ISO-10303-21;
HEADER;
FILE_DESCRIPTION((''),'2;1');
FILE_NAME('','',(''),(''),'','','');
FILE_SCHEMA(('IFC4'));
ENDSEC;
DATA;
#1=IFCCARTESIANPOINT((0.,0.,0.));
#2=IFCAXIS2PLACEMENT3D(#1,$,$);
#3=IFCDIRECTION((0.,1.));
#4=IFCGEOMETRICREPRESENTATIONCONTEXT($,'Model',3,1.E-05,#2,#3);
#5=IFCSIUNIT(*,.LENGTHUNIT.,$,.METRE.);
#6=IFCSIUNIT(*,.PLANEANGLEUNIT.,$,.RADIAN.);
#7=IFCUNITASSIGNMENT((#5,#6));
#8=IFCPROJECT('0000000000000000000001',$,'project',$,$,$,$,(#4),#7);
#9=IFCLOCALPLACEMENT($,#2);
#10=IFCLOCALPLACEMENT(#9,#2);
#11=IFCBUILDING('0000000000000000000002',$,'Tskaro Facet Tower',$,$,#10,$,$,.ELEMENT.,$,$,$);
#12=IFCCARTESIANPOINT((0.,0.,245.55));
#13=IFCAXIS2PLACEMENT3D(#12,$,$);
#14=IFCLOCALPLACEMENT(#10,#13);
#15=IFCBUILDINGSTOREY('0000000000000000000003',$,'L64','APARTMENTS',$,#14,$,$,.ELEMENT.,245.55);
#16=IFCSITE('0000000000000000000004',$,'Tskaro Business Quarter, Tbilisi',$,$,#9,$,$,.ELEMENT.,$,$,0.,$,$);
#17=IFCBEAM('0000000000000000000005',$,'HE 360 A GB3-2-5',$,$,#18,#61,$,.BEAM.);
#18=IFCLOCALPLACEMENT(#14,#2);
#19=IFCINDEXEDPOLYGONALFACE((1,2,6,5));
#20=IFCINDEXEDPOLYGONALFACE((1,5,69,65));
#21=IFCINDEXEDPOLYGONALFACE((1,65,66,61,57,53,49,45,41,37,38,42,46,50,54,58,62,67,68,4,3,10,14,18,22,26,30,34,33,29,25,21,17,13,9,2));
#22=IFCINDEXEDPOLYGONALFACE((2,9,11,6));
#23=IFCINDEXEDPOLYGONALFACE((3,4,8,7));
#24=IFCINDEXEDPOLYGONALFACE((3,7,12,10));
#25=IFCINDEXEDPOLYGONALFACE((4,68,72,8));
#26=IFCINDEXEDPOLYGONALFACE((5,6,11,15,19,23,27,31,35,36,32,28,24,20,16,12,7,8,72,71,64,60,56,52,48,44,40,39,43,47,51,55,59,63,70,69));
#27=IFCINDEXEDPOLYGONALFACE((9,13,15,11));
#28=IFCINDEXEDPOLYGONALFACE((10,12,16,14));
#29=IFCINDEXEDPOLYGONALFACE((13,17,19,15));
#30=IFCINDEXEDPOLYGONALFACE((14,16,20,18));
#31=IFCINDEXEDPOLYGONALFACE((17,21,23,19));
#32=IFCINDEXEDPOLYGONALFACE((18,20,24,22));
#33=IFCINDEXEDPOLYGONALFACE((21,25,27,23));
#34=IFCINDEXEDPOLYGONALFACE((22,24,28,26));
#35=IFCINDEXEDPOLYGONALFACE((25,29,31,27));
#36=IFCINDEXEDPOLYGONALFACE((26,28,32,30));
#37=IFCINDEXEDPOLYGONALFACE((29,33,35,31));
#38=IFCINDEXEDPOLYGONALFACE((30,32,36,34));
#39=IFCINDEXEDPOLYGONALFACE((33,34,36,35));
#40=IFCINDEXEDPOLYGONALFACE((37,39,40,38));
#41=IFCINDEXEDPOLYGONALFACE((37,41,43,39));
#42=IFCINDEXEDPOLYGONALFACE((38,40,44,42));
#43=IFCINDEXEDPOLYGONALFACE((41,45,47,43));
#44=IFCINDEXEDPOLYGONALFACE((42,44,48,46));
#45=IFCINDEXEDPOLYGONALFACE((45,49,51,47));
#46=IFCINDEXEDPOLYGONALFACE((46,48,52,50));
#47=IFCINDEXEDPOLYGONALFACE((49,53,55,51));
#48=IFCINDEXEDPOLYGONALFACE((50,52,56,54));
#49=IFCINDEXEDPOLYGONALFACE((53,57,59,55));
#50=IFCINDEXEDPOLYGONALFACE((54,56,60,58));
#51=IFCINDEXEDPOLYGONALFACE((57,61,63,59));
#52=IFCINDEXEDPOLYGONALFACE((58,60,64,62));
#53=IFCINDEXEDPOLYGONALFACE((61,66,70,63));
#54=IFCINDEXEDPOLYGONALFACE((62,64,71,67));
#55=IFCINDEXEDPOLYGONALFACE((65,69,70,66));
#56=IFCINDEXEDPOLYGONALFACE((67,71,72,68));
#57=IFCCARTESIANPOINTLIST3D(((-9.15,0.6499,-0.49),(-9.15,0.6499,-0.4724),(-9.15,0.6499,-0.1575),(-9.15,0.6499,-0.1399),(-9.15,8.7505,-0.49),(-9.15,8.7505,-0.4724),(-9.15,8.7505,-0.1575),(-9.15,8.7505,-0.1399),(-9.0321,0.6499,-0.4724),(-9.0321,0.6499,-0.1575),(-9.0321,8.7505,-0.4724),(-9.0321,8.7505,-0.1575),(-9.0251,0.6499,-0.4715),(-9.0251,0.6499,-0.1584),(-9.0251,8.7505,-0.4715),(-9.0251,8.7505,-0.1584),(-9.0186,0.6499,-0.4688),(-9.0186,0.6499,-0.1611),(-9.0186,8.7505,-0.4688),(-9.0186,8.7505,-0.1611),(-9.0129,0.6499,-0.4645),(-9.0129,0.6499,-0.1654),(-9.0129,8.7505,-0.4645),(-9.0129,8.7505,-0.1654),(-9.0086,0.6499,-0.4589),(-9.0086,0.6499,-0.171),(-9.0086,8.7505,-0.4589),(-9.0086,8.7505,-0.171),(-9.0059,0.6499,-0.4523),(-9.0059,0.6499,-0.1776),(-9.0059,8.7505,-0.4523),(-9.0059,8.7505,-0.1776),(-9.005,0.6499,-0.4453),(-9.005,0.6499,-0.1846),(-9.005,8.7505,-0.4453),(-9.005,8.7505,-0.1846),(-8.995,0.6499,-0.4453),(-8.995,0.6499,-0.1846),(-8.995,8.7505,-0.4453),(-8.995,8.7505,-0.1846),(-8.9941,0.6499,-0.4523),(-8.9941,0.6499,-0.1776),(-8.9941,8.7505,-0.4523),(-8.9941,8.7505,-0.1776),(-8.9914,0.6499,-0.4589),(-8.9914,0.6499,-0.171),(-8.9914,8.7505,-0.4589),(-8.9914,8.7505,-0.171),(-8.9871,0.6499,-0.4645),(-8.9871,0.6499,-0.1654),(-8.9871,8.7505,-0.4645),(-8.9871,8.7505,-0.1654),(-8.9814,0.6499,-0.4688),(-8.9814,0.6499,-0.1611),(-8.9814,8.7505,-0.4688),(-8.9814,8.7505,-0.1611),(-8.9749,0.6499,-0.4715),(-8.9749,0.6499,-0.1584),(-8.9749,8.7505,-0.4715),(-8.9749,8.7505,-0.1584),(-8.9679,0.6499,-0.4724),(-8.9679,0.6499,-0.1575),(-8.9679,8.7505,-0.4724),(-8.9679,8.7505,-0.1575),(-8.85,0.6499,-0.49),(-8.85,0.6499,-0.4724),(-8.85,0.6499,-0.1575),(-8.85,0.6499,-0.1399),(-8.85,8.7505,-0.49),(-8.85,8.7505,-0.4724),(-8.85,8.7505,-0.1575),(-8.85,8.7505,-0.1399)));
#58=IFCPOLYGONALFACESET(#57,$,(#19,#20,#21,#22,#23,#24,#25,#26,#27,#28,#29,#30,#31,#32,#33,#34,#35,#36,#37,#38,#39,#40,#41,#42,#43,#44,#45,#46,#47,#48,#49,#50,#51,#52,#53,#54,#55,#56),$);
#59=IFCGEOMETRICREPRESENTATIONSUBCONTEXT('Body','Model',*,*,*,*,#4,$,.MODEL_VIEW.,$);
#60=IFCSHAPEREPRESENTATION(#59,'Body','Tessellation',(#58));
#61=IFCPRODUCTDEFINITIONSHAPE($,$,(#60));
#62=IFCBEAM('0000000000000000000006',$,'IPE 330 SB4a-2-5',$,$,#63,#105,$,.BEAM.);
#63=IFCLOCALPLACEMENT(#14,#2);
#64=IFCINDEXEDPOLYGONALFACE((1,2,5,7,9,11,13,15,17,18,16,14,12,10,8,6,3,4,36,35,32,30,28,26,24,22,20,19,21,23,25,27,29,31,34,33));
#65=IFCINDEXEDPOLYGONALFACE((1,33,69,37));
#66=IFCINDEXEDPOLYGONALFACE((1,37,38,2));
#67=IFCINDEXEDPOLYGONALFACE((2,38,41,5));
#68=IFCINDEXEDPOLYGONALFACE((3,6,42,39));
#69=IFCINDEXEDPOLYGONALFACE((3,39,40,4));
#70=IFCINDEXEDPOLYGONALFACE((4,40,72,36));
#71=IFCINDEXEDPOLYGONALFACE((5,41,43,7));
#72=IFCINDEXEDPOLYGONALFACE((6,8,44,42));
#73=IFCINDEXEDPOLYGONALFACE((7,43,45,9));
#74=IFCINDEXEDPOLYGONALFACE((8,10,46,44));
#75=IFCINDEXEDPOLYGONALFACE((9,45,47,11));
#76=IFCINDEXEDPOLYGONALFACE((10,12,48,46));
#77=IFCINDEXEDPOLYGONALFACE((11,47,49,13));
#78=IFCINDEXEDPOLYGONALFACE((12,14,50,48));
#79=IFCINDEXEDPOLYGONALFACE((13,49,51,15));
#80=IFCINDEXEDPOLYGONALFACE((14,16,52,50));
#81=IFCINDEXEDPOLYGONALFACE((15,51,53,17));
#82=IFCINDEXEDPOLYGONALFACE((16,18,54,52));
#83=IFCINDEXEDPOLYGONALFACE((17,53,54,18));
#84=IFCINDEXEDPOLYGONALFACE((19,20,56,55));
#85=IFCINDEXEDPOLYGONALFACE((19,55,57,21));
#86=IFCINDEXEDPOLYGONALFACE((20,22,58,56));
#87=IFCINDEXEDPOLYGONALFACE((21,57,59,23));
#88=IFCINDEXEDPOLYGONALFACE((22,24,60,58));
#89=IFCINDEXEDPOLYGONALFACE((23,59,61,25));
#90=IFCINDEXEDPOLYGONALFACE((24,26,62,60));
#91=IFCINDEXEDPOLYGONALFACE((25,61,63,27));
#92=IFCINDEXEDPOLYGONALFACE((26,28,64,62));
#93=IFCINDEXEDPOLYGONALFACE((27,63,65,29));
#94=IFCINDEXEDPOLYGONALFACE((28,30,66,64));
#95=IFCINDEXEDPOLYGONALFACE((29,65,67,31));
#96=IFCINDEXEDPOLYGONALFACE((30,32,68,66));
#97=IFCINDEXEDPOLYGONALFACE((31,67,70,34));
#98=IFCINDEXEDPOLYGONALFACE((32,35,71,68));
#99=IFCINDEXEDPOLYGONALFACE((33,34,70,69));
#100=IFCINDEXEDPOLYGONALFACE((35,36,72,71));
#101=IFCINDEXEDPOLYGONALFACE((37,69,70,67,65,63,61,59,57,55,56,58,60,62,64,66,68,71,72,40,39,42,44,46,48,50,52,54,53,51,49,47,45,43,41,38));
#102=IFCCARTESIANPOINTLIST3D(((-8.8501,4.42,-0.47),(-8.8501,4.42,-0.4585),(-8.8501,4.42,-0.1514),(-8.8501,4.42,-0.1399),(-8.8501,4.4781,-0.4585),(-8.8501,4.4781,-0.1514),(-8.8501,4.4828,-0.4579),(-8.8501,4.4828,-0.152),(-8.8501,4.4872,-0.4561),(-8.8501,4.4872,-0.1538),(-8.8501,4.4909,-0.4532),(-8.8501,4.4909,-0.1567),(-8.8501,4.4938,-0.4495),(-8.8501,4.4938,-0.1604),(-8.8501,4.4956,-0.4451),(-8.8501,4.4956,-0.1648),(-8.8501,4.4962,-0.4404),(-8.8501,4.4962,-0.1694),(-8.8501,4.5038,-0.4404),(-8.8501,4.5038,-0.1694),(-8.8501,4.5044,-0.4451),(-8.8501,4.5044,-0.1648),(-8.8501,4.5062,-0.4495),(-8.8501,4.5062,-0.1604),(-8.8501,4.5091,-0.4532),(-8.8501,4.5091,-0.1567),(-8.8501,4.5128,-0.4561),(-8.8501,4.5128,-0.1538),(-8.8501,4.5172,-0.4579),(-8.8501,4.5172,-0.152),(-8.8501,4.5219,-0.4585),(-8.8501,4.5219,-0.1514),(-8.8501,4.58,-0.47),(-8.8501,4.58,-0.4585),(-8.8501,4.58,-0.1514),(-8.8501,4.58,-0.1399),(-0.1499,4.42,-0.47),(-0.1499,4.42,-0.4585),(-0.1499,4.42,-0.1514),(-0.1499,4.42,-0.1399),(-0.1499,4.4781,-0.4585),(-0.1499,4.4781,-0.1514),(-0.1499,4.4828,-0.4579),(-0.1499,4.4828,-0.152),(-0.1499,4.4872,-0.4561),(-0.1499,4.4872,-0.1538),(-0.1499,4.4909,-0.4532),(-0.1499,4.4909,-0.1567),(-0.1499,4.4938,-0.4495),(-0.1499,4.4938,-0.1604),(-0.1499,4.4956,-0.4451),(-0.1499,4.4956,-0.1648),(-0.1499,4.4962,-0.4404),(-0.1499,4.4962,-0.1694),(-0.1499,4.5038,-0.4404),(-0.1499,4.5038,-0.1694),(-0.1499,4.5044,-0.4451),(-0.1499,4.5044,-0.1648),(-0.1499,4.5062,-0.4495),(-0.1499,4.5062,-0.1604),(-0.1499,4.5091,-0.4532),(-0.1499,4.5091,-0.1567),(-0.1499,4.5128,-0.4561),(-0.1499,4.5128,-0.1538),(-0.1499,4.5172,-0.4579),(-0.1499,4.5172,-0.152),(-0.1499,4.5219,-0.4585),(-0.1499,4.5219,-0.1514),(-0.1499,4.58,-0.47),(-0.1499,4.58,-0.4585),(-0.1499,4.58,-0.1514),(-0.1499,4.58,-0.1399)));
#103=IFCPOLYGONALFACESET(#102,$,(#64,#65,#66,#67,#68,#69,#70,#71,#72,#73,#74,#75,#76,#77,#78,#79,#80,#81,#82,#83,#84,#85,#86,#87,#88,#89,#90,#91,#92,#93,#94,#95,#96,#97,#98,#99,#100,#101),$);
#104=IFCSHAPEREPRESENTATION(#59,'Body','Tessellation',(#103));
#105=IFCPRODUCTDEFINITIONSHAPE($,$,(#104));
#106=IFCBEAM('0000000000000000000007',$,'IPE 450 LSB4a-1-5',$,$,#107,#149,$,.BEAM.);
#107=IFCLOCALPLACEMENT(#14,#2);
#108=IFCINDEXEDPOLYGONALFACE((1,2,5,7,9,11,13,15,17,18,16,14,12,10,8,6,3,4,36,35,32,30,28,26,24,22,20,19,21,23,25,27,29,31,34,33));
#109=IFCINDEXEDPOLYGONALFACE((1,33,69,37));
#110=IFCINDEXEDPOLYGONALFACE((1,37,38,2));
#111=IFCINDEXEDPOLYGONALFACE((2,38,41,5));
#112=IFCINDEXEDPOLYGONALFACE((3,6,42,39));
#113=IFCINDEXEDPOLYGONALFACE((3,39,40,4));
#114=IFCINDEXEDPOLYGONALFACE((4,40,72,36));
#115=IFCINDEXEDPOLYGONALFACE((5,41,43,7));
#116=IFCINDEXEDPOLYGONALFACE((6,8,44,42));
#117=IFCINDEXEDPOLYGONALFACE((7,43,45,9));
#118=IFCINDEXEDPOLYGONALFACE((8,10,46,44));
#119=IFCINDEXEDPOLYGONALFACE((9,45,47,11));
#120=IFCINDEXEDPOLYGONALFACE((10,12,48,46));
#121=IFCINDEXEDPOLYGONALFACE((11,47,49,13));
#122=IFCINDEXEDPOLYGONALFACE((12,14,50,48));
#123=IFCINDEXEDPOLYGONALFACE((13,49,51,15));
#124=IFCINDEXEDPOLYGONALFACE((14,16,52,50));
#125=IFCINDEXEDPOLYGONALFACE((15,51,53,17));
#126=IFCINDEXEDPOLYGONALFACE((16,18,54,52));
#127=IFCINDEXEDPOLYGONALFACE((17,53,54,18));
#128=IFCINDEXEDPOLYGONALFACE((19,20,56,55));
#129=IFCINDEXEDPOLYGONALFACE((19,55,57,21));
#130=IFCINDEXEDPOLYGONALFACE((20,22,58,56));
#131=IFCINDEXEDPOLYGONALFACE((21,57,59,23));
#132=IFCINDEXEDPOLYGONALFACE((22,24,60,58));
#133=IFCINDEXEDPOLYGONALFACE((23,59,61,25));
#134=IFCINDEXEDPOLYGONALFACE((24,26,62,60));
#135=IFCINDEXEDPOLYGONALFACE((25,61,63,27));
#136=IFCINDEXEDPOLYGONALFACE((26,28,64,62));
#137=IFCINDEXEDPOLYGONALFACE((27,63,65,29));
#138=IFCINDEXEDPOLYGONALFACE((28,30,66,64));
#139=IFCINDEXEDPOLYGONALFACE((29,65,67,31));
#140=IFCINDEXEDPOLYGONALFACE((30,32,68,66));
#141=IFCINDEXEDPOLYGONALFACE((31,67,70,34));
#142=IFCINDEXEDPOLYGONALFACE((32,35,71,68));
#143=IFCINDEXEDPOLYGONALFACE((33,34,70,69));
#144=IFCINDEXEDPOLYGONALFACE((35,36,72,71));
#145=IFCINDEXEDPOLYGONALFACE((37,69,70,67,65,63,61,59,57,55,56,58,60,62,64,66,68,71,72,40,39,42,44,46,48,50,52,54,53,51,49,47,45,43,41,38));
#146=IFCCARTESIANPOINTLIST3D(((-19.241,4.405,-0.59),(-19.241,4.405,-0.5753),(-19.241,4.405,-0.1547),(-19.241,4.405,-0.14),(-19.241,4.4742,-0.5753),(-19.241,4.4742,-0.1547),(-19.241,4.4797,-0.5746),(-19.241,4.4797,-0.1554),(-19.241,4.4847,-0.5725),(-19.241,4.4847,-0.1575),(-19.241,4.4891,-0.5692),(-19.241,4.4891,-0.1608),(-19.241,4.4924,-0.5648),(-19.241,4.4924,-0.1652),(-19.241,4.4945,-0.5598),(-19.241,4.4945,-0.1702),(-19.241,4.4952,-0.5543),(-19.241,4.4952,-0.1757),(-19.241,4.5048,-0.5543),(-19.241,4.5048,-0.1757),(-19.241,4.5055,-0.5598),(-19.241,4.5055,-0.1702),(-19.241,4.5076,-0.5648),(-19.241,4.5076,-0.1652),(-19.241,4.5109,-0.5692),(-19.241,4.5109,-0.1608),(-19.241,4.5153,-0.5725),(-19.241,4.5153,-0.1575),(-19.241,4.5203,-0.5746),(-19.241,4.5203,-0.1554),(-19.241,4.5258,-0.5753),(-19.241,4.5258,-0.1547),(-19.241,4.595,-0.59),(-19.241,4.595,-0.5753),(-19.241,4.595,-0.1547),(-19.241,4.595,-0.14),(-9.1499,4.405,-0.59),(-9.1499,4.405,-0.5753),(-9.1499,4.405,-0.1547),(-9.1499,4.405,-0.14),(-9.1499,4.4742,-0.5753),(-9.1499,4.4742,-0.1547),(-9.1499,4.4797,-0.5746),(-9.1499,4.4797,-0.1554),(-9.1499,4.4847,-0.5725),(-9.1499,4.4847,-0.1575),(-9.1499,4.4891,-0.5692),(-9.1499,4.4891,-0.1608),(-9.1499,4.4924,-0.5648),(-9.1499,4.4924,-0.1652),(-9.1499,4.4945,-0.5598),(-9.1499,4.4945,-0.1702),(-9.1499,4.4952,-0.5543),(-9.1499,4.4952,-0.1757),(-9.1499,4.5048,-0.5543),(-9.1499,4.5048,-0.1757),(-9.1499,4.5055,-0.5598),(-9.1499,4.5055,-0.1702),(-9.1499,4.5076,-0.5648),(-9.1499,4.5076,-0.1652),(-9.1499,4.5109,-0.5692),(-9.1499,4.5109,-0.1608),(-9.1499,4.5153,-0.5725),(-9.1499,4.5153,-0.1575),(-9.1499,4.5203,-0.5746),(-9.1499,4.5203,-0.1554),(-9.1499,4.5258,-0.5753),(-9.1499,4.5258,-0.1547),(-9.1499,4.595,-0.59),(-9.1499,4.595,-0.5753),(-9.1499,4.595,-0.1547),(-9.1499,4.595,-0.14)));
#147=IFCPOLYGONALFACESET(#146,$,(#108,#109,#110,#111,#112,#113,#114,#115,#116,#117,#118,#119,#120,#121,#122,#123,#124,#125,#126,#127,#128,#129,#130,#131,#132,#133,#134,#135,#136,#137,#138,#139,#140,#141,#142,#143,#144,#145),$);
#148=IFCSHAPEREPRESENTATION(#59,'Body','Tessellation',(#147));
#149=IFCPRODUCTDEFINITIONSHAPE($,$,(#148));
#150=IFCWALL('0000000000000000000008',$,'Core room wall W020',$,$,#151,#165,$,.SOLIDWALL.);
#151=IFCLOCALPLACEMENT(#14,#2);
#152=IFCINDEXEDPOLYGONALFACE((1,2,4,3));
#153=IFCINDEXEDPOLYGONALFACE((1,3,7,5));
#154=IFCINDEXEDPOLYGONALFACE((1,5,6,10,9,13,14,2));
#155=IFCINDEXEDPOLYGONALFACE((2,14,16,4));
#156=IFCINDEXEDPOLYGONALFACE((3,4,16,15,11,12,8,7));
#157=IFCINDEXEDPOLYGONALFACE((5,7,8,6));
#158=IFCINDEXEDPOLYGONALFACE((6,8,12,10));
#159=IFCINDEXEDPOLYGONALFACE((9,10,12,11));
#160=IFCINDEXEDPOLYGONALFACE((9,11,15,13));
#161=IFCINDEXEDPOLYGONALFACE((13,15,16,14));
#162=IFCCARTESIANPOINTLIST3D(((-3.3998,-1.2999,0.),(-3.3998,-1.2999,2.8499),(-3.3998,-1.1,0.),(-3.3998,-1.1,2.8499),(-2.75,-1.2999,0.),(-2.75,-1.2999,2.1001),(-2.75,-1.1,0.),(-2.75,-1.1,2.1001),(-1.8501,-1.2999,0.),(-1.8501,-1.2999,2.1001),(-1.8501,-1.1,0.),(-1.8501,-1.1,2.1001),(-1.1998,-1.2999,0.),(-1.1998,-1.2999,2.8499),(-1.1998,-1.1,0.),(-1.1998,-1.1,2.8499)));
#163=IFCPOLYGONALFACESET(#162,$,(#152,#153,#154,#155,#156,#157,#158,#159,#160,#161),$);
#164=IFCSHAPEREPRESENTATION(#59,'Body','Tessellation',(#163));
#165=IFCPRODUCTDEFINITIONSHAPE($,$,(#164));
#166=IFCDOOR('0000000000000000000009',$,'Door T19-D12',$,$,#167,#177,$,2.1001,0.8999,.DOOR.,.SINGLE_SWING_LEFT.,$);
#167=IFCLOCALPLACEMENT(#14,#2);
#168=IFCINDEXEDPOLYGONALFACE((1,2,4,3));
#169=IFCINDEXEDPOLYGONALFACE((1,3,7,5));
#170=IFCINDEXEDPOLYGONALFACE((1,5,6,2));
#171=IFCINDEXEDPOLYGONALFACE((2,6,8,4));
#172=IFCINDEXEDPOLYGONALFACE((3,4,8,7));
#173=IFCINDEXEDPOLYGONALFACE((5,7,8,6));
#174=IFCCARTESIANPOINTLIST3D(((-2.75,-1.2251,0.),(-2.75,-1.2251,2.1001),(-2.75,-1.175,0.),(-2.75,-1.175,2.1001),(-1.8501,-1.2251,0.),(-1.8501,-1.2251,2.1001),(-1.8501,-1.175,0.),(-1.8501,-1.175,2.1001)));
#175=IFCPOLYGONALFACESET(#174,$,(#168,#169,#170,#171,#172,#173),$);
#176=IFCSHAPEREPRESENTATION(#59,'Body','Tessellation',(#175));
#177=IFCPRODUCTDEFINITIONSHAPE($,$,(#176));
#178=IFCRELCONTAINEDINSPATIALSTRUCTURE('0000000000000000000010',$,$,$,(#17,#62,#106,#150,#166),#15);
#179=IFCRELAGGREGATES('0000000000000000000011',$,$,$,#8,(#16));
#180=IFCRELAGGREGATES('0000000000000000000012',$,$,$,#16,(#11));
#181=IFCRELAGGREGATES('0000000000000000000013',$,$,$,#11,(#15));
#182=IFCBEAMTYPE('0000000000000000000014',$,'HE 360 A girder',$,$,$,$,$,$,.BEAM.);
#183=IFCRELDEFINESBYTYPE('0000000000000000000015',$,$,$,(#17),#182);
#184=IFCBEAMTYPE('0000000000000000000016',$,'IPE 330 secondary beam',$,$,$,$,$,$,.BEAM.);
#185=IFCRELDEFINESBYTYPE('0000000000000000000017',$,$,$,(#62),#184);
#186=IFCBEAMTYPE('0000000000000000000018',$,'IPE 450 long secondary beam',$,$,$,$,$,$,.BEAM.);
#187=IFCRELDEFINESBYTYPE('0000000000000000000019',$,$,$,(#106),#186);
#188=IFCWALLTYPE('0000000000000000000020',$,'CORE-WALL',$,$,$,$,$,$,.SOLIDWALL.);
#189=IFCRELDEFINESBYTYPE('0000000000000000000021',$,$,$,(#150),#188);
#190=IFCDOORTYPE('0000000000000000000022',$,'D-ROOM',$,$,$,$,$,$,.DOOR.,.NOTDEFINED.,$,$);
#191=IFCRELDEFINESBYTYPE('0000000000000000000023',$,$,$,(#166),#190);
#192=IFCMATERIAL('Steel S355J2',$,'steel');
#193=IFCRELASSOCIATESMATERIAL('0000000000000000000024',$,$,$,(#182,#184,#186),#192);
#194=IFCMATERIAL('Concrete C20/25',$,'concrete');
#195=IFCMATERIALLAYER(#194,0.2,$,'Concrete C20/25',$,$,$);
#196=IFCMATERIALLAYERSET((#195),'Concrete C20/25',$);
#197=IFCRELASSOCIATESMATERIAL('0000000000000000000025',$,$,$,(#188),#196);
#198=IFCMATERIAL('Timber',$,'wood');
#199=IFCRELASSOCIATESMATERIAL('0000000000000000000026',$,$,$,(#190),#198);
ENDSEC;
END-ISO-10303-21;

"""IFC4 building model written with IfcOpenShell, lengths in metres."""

from ifc_helpers import new_model, si_unit, direction, frame, frame_2d, origin, origin_2d, place, context, subcontext, project, spatial, rectangle, i_section, extrude, material, layer, layer_set, material_profile, profile_set, type_object, element, fill, save


model = new_model("IFC4")

# Units and contexts
model_context = context("Model", 3, precision=1e-05, world=origin(), true_north=direction((0.0, 1.0)))
body_context = subcontext(model_context, "Body", "Model", "MODEL_VIEW")
ifc_project = project(units=[si_unit("LENGTHUNIT", "METRE"), si_unit("PLANEANGLEUNIT", "RADIAN")], contexts=[model_context])

# Site, building, storey
site_placement = place(None, origin())
site = spatial("IfcSite", under=ifc_project, at=site_placement, Name="Tskaro Business Quarter, Tbilisi", CompositionType="ELEMENT", RefElevation=0.0)
building_placement = place(site_placement, origin())
building = spatial("IfcBuilding", under=site, at=building_placement, Name="Tskaro Facet Tower", CompositionType="ELEMENT")
storey_placement = place(building_placement, frame((0.0, 0.0, 245.55)))
storey = spatial("IfcBuildingStorey", under=building, at=storey_placement, Name="L64", Description="APARTMENTS", CompositionType="ELEMENT", Elevation=245.55)

# Beams
ifc_material_1 = material(Name="Steel S355J2", Category="steel")
ifc_material_profile_1 = material_profile(ifc_material_1, i_section(OverallWidth=0.3, OverallDepth=0.3501, WebThickness=0.01, FlangeThickness=0.0176, FilletRadius=0.0271, at=origin_2d()), Name="HE 360 A")
ifc_profile_set_1 = profile_set([ifc_material_profile_1], Name="Steel S355J2")
beam_type_1 = type_object("IfcBeamType", Name="HE 360 A girder", PredefinedType="BEAM", material=ifc_profile_set_1)
beam_1_placement = place(storey_placement, frame((-9.0, 0.6499, -0.3149), z_axis=(0.0, 1.0, 0.0), x_axis=(-1.0, 0.0, 0.0)))
element("IfcBeam", 1, at=beam_1_placement, inside=storey, type_object=beam_type_1, Name="HE 360 A GB3-2-5", PredefinedType="BEAM", context=body_context, shape_type="SweptSolid", body=[
    extrude(i_section(OverallWidth=0.3, OverallDepth=0.3501, WebThickness=0.01, FlangeThickness=0.0176, FilletRadius=0.0271, at=origin_2d()), origin(), (0.0, 0.0, 1.0), 8.1006),
])
ifc_material_profile_2 = material_profile(ifc_material_1, i_section(OverallWidth=0.1599, OverallDepth=0.3301, WebThickness=0.0076, FlangeThickness=0.0115, FilletRadius=0.0181, at=origin_2d()), Name="IPE 330")
ifc_profile_set_2 = profile_set([ifc_material_profile_2], Name="Steel S355J2")
beam_type_2 = type_object("IfcBeamType", Name="IPE 330 secondary beam", PredefinedType="BEAM", material=ifc_profile_set_2)
beam_2_placement = place(storey_placement, frame((-8.8501, 4.5, -0.3049), z_axis=(1.0, 0.0, 0.0), x_axis=(0.0, 1.0, 0.0)))
element("IfcBeam", 2, at=beam_2_placement, inside=storey, type_object=beam_type_2, Name="IPE 330 SB4a-2-5", PredefinedType="BEAM", context=body_context, shape_type="SweptSolid", body=[
    extrude(i_section(OverallWidth=0.1599, OverallDepth=0.3301, WebThickness=0.0076, FlangeThickness=0.0115, FilletRadius=0.0181, at=origin_2d()), origin(), (0.0, 0.0, 1.0), 8.7002),
])
ifc_material_profile_3 = material_profile(ifc_material_1, i_section(OverallWidth=0.1899, OverallDepth=0.45, WebThickness=0.0095, FlangeThickness=0.0146, FilletRadius=0.021, at=origin_2d()), Name="IPE 450")
ifc_profile_set_3 = profile_set([ifc_material_profile_3], Name="Steel S355J2")
beam_type_3 = type_object("IfcBeamType", Name="IPE 450 long secondary beam", PredefinedType="BEAM", material=ifc_profile_set_3)
beam_3_placement = place(storey_placement, frame((-19.241, 4.5, -0.365), z_axis=(1.0, 0.0, 0.0), x_axis=(0.0, 1.0, 0.0)))
element("IfcBeam", 3, at=beam_3_placement, inside=storey, type_object=beam_type_3, Name="IPE 450 LSB4a-1-5", PredefinedType="BEAM", context=body_context, shape_type="SweptSolid", body=[
    extrude(i_section(OverallWidth=0.1899, OverallDepth=0.45, WebThickness=0.0095, FlangeThickness=0.0146, FilletRadius=0.021, at=origin_2d()), origin(), (0.0, 0.0, 1.0), 10.0911),
])

# Wall, opening, door
ifc_material_2 = material(Name="Concrete C20/25", Category="concrete")
ifc_layer_1 = layer(ifc_material_2, 0.2, Name="Concrete C20/25")
ifc_layer_set_1 = layer_set([ifc_layer_1], Name="Concrete C20/25")
wall_type_1 = type_object("IfcWallType", Name="CORE-WALL", PredefinedType="SOLIDWALL", material=ifc_layer_set_1)
wall_1_placement = place(storey_placement, frame((-3.3999, -1.2, 0.0), z_axis=(0.0, 0.0, 1.0), x_axis=(1.0, 0.0, 0.0)))
wall_1 = element("IfcWall", 4, at=wall_1_placement, inside=storey, type_object=wall_type_1, Name="Core room wall W020", PredefinedType="SOLIDWALL", context=body_context, shape_type="SweptSolid", body=[
    extrude(rectangle(XDim=2.2, YDim=0.2, at=frame_2d((1.1001, 0.0))), origin(), (0.0, 0.0, 1.0), 2.8499),
])
opening_1_placement = place(wall_1_placement, frame((0.6499, 0.0, 0.0)))
opening_1 = element("IfcOpeningElement", 5, at=opening_1_placement, cuts=wall_1, PredefinedType="OPENING", context=body_context, shape_type="SweptSolid", body=[
    extrude(rectangle(XDim=0.8999, YDim=2.1001, at=frame_2d((0.45, 1.05))), frame((0.0, 0.1099, 0.0), z_axis=(0.0, -1.0, 0.0), x_axis=(1.0, 0.0, 0.0)), (0.0, 0.0, 1.0), 0.22),
])
ifc_material_3 = material(Name="Timber", Category="wood")
door_type_1 = type_object("IfcDoorType", Name="D-ROOM", OperationType="NOTDEFINED", PredefinedType="DOOR", material=ifc_material_3)
door_1_placement = place(opening_1_placement, origin())
door_1 = element("IfcDoor", 6, at=door_1_placement, inside=storey, type_object=door_type_1, Name="Door T19-D12", OperationType="SINGLE_SWING_LEFT", OverallHeight=2.1001, OverallWidth=0.8999, PredefinedType="DOOR", context=body_context, shape_type="SweptSolid", body=[
    extrude(rectangle(XDim=0.8999, YDim=2.1001, at=frame_2d((0.45, 1.05))), frame((0.0, 0.0249, 0.0), z_axis=(0.0, -1.0, 0.0), x_axis=(1.0, 0.0, 0.0)), (0.0, 0.0, 1.0), 0.05),
])
fill(opening_1, door_1)

save(model, "model.ifc")
